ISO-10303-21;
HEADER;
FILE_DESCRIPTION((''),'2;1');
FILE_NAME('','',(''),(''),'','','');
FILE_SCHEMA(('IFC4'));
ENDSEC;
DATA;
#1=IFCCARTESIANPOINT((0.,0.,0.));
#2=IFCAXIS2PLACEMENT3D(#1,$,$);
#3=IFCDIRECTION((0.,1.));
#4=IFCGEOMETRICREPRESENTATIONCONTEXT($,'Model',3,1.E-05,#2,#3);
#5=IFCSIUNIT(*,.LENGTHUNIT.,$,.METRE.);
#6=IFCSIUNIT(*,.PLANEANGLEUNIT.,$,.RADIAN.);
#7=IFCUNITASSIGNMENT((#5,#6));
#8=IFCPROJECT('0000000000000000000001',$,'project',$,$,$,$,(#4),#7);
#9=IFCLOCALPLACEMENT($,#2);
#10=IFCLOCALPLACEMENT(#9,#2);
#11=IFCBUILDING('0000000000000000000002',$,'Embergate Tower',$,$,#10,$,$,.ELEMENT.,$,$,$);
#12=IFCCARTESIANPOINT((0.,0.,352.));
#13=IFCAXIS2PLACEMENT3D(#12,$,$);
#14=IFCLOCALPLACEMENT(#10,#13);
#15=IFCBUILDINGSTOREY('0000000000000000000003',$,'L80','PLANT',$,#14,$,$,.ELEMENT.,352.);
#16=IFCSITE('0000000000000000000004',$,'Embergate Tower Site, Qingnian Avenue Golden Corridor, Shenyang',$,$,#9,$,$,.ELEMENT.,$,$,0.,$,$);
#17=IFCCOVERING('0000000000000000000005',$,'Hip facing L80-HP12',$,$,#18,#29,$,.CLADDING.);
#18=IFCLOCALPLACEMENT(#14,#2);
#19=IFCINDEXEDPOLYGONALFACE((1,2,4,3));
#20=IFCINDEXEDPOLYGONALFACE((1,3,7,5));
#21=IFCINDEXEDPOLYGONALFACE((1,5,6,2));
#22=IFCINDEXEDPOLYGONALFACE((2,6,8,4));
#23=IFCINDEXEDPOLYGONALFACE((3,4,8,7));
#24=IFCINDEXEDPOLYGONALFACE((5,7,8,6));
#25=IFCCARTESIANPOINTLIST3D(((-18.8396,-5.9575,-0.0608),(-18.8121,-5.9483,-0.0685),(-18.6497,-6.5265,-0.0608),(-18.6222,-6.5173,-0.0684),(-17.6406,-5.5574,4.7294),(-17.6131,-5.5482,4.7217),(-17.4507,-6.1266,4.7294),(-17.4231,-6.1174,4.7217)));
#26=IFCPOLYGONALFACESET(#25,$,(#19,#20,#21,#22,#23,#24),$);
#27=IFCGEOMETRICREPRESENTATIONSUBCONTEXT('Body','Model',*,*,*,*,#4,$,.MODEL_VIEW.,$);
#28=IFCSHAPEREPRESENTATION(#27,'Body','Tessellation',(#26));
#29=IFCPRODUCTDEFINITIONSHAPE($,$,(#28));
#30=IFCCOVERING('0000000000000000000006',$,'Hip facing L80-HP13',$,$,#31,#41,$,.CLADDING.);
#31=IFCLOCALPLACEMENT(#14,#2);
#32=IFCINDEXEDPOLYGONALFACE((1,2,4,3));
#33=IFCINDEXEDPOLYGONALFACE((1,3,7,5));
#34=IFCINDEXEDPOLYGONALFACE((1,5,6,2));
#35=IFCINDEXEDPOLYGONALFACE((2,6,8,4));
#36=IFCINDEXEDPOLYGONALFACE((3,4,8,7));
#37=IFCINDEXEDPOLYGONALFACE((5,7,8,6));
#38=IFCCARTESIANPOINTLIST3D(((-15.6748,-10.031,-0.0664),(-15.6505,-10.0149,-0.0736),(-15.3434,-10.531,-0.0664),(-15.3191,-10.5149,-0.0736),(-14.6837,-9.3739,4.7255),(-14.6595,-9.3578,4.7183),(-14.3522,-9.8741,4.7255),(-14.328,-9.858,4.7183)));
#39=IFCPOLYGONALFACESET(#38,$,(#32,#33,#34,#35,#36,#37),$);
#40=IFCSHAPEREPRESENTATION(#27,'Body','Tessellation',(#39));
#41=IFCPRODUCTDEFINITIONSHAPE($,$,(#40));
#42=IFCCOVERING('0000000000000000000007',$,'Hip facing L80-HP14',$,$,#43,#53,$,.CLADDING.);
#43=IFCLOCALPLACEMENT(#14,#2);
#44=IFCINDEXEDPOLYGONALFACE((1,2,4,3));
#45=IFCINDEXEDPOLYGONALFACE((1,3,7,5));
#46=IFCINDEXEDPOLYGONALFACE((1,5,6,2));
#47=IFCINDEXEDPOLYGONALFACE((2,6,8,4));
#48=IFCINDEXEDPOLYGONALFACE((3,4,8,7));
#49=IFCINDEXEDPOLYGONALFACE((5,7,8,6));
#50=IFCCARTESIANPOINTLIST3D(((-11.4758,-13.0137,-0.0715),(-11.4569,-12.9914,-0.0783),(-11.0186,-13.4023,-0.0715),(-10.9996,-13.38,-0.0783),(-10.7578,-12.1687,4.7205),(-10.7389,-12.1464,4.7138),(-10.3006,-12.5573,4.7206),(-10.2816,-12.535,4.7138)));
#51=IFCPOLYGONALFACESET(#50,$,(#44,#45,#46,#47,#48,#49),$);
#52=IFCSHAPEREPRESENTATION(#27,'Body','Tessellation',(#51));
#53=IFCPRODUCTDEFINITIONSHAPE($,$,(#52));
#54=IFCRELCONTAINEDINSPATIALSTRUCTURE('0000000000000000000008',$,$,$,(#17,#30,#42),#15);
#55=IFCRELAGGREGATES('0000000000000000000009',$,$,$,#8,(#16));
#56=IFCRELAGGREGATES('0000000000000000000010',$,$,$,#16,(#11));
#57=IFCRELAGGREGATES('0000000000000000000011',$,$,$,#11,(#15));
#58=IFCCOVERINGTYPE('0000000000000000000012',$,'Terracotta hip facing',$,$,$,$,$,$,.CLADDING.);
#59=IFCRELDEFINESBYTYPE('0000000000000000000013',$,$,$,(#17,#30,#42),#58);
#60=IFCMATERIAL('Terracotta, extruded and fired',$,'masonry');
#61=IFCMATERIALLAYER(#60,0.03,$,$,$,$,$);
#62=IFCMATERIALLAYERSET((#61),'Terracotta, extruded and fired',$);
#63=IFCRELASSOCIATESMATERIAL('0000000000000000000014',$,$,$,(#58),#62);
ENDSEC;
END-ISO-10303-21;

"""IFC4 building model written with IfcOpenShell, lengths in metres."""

from ifc_helpers import new_model, si_unit, direction, frame, origin, place, context, subcontext, project, spatial, polyline, outline, extrude, source, transform, mapped, material, layer, layer_set, type_object, element, save


model = new_model("IFC4")

# Units and contexts
model_context = context("Model", 3, precision=1e-05, world=origin(), true_north=direction((0.0, 1.0)))
body_context = subcontext(model_context, "Body", "Model", "MODEL_VIEW")
ifc_project = project(units=[si_unit("LENGTHUNIT", "METRE"), si_unit("PLANEANGLEUNIT", "RADIAN")], contexts=[model_context])

# Site, building, storey
site_placement = place(None, origin())
site = spatial("IfcSite", under=ifc_project, at=site_placement, Name="Embergate Tower Site, Qingnian Avenue Golden Corridor, Shenyang", CompositionType="ELEMENT", RefElevation=0.0)
building_placement = place(site_placement, origin())
building = spatial("IfcBuilding", under=site, at=building_placement, Name="Embergate Tower", CompositionType="ELEMENT")
storey_placement = place(building_placement, frame((0.0, 0.0, 352.0)))
storey = spatial("IfcBuildingStorey", under=building, at=storey_placement, Name="L80", Description="PLANT", CompositionType="ELEMENT", Elevation=352.0)

# Coverings
ifc_material_1 = material(Name="Terracotta, extruded and fired", Category="masonry")
ifc_layer_1 = layer(ifc_material_1, 0.03)
ifc_layer_set_1 = layer_set([ifc_layer_1], Name="Terracotta, extruded and fired")
covering_type_1 = type_object("IfcCoveringType", Name="Terracotta hip facing", PredefinedType="CLADDING", material=ifc_layer_set_1)
shared_shape_1 = source(origin(), body_context, "Body", "SweptSolid", [
    extrude(outline(polyline([(0.0, 0.0), (4.9541, 0.0), (4.9541, -0.6001), (0.0, -0.5999), (0.0, 0.0)])), origin(), (0.0, 0.0, -1.0), 0.03),
])
covering_1_placement = place(storey_placement, frame((-18.8396, -5.9575, -0.0608), z_axis=(-0.917188, -0.306057, 0.255137), x_axis=(0.242015, 0.08077, 0.966905)))
element("IfcCovering", 1, at=covering_1_placement, inside=storey, type_object=covering_type_1, Name="Hip facing L80-HP12", PredefinedType="CLADDING", context=body_context, shape_type="MappedRepresentation", body=[
    mapped(shared_shape_1, transform((0.0, 0.0, 0.0))),
])
shared_shape_2 = source(origin(), body_context, "Body", "SweptSolid", [
    extrude(outline(polyline([(0.0, 0.0), (4.9373, 0.0), (4.9373, -0.6001), (0.0, -0.5999), (0.0, 0.0)])), origin(), (0.0, 0.0, -1.0), 0.03),
])
covering_2_placement = place(storey_placement, frame((-15.6748, -10.031, -0.0664), z_axis=(-0.809043, -0.536137, 0.240846), x_axis=(0.20073, 0.133095, 0.970563)))
element("IfcCovering", 2, at=covering_2_placement, inside=storey, type_object=covering_type_1, Name="Hip facing L80-HP13", PredefinedType="CLADDING", context=body_context, shape_type="MappedRepresentation", body=[
    mapped(shared_shape_2, transform((0.0, 0.0, 0.0))),
])
shared_shape_3 = source(origin(), body_context, "Body", "SweptSolid", [
    extrude(outline(polyline([(0.0, 0.0), (4.9187, 0.0), (4.9187, -0.6001), (0.0, -0.6001), (0.0, 0.0)])), origin(), (0.0, 0.0, -1.0), 0.03),
])
covering_3_placement = place(storey_placement, frame((-11.4758, -13.0137, -0.0715), z_axis=(-0.630965, -0.742335, 0.225438), x_axis=(0.14598, 0.171791, 0.974258)))
element("IfcCovering", 3, at=covering_3_placement, inside=storey, type_object=covering_type_1, Name="Hip facing L80-HP14", PredefinedType="CLADDING", context=body_context, shape_type="MappedRepresentation", body=[
    mapped(shared_shape_3, transform((0.0, 0.0, 0.0))),
])

save(model, "model.ifc")
